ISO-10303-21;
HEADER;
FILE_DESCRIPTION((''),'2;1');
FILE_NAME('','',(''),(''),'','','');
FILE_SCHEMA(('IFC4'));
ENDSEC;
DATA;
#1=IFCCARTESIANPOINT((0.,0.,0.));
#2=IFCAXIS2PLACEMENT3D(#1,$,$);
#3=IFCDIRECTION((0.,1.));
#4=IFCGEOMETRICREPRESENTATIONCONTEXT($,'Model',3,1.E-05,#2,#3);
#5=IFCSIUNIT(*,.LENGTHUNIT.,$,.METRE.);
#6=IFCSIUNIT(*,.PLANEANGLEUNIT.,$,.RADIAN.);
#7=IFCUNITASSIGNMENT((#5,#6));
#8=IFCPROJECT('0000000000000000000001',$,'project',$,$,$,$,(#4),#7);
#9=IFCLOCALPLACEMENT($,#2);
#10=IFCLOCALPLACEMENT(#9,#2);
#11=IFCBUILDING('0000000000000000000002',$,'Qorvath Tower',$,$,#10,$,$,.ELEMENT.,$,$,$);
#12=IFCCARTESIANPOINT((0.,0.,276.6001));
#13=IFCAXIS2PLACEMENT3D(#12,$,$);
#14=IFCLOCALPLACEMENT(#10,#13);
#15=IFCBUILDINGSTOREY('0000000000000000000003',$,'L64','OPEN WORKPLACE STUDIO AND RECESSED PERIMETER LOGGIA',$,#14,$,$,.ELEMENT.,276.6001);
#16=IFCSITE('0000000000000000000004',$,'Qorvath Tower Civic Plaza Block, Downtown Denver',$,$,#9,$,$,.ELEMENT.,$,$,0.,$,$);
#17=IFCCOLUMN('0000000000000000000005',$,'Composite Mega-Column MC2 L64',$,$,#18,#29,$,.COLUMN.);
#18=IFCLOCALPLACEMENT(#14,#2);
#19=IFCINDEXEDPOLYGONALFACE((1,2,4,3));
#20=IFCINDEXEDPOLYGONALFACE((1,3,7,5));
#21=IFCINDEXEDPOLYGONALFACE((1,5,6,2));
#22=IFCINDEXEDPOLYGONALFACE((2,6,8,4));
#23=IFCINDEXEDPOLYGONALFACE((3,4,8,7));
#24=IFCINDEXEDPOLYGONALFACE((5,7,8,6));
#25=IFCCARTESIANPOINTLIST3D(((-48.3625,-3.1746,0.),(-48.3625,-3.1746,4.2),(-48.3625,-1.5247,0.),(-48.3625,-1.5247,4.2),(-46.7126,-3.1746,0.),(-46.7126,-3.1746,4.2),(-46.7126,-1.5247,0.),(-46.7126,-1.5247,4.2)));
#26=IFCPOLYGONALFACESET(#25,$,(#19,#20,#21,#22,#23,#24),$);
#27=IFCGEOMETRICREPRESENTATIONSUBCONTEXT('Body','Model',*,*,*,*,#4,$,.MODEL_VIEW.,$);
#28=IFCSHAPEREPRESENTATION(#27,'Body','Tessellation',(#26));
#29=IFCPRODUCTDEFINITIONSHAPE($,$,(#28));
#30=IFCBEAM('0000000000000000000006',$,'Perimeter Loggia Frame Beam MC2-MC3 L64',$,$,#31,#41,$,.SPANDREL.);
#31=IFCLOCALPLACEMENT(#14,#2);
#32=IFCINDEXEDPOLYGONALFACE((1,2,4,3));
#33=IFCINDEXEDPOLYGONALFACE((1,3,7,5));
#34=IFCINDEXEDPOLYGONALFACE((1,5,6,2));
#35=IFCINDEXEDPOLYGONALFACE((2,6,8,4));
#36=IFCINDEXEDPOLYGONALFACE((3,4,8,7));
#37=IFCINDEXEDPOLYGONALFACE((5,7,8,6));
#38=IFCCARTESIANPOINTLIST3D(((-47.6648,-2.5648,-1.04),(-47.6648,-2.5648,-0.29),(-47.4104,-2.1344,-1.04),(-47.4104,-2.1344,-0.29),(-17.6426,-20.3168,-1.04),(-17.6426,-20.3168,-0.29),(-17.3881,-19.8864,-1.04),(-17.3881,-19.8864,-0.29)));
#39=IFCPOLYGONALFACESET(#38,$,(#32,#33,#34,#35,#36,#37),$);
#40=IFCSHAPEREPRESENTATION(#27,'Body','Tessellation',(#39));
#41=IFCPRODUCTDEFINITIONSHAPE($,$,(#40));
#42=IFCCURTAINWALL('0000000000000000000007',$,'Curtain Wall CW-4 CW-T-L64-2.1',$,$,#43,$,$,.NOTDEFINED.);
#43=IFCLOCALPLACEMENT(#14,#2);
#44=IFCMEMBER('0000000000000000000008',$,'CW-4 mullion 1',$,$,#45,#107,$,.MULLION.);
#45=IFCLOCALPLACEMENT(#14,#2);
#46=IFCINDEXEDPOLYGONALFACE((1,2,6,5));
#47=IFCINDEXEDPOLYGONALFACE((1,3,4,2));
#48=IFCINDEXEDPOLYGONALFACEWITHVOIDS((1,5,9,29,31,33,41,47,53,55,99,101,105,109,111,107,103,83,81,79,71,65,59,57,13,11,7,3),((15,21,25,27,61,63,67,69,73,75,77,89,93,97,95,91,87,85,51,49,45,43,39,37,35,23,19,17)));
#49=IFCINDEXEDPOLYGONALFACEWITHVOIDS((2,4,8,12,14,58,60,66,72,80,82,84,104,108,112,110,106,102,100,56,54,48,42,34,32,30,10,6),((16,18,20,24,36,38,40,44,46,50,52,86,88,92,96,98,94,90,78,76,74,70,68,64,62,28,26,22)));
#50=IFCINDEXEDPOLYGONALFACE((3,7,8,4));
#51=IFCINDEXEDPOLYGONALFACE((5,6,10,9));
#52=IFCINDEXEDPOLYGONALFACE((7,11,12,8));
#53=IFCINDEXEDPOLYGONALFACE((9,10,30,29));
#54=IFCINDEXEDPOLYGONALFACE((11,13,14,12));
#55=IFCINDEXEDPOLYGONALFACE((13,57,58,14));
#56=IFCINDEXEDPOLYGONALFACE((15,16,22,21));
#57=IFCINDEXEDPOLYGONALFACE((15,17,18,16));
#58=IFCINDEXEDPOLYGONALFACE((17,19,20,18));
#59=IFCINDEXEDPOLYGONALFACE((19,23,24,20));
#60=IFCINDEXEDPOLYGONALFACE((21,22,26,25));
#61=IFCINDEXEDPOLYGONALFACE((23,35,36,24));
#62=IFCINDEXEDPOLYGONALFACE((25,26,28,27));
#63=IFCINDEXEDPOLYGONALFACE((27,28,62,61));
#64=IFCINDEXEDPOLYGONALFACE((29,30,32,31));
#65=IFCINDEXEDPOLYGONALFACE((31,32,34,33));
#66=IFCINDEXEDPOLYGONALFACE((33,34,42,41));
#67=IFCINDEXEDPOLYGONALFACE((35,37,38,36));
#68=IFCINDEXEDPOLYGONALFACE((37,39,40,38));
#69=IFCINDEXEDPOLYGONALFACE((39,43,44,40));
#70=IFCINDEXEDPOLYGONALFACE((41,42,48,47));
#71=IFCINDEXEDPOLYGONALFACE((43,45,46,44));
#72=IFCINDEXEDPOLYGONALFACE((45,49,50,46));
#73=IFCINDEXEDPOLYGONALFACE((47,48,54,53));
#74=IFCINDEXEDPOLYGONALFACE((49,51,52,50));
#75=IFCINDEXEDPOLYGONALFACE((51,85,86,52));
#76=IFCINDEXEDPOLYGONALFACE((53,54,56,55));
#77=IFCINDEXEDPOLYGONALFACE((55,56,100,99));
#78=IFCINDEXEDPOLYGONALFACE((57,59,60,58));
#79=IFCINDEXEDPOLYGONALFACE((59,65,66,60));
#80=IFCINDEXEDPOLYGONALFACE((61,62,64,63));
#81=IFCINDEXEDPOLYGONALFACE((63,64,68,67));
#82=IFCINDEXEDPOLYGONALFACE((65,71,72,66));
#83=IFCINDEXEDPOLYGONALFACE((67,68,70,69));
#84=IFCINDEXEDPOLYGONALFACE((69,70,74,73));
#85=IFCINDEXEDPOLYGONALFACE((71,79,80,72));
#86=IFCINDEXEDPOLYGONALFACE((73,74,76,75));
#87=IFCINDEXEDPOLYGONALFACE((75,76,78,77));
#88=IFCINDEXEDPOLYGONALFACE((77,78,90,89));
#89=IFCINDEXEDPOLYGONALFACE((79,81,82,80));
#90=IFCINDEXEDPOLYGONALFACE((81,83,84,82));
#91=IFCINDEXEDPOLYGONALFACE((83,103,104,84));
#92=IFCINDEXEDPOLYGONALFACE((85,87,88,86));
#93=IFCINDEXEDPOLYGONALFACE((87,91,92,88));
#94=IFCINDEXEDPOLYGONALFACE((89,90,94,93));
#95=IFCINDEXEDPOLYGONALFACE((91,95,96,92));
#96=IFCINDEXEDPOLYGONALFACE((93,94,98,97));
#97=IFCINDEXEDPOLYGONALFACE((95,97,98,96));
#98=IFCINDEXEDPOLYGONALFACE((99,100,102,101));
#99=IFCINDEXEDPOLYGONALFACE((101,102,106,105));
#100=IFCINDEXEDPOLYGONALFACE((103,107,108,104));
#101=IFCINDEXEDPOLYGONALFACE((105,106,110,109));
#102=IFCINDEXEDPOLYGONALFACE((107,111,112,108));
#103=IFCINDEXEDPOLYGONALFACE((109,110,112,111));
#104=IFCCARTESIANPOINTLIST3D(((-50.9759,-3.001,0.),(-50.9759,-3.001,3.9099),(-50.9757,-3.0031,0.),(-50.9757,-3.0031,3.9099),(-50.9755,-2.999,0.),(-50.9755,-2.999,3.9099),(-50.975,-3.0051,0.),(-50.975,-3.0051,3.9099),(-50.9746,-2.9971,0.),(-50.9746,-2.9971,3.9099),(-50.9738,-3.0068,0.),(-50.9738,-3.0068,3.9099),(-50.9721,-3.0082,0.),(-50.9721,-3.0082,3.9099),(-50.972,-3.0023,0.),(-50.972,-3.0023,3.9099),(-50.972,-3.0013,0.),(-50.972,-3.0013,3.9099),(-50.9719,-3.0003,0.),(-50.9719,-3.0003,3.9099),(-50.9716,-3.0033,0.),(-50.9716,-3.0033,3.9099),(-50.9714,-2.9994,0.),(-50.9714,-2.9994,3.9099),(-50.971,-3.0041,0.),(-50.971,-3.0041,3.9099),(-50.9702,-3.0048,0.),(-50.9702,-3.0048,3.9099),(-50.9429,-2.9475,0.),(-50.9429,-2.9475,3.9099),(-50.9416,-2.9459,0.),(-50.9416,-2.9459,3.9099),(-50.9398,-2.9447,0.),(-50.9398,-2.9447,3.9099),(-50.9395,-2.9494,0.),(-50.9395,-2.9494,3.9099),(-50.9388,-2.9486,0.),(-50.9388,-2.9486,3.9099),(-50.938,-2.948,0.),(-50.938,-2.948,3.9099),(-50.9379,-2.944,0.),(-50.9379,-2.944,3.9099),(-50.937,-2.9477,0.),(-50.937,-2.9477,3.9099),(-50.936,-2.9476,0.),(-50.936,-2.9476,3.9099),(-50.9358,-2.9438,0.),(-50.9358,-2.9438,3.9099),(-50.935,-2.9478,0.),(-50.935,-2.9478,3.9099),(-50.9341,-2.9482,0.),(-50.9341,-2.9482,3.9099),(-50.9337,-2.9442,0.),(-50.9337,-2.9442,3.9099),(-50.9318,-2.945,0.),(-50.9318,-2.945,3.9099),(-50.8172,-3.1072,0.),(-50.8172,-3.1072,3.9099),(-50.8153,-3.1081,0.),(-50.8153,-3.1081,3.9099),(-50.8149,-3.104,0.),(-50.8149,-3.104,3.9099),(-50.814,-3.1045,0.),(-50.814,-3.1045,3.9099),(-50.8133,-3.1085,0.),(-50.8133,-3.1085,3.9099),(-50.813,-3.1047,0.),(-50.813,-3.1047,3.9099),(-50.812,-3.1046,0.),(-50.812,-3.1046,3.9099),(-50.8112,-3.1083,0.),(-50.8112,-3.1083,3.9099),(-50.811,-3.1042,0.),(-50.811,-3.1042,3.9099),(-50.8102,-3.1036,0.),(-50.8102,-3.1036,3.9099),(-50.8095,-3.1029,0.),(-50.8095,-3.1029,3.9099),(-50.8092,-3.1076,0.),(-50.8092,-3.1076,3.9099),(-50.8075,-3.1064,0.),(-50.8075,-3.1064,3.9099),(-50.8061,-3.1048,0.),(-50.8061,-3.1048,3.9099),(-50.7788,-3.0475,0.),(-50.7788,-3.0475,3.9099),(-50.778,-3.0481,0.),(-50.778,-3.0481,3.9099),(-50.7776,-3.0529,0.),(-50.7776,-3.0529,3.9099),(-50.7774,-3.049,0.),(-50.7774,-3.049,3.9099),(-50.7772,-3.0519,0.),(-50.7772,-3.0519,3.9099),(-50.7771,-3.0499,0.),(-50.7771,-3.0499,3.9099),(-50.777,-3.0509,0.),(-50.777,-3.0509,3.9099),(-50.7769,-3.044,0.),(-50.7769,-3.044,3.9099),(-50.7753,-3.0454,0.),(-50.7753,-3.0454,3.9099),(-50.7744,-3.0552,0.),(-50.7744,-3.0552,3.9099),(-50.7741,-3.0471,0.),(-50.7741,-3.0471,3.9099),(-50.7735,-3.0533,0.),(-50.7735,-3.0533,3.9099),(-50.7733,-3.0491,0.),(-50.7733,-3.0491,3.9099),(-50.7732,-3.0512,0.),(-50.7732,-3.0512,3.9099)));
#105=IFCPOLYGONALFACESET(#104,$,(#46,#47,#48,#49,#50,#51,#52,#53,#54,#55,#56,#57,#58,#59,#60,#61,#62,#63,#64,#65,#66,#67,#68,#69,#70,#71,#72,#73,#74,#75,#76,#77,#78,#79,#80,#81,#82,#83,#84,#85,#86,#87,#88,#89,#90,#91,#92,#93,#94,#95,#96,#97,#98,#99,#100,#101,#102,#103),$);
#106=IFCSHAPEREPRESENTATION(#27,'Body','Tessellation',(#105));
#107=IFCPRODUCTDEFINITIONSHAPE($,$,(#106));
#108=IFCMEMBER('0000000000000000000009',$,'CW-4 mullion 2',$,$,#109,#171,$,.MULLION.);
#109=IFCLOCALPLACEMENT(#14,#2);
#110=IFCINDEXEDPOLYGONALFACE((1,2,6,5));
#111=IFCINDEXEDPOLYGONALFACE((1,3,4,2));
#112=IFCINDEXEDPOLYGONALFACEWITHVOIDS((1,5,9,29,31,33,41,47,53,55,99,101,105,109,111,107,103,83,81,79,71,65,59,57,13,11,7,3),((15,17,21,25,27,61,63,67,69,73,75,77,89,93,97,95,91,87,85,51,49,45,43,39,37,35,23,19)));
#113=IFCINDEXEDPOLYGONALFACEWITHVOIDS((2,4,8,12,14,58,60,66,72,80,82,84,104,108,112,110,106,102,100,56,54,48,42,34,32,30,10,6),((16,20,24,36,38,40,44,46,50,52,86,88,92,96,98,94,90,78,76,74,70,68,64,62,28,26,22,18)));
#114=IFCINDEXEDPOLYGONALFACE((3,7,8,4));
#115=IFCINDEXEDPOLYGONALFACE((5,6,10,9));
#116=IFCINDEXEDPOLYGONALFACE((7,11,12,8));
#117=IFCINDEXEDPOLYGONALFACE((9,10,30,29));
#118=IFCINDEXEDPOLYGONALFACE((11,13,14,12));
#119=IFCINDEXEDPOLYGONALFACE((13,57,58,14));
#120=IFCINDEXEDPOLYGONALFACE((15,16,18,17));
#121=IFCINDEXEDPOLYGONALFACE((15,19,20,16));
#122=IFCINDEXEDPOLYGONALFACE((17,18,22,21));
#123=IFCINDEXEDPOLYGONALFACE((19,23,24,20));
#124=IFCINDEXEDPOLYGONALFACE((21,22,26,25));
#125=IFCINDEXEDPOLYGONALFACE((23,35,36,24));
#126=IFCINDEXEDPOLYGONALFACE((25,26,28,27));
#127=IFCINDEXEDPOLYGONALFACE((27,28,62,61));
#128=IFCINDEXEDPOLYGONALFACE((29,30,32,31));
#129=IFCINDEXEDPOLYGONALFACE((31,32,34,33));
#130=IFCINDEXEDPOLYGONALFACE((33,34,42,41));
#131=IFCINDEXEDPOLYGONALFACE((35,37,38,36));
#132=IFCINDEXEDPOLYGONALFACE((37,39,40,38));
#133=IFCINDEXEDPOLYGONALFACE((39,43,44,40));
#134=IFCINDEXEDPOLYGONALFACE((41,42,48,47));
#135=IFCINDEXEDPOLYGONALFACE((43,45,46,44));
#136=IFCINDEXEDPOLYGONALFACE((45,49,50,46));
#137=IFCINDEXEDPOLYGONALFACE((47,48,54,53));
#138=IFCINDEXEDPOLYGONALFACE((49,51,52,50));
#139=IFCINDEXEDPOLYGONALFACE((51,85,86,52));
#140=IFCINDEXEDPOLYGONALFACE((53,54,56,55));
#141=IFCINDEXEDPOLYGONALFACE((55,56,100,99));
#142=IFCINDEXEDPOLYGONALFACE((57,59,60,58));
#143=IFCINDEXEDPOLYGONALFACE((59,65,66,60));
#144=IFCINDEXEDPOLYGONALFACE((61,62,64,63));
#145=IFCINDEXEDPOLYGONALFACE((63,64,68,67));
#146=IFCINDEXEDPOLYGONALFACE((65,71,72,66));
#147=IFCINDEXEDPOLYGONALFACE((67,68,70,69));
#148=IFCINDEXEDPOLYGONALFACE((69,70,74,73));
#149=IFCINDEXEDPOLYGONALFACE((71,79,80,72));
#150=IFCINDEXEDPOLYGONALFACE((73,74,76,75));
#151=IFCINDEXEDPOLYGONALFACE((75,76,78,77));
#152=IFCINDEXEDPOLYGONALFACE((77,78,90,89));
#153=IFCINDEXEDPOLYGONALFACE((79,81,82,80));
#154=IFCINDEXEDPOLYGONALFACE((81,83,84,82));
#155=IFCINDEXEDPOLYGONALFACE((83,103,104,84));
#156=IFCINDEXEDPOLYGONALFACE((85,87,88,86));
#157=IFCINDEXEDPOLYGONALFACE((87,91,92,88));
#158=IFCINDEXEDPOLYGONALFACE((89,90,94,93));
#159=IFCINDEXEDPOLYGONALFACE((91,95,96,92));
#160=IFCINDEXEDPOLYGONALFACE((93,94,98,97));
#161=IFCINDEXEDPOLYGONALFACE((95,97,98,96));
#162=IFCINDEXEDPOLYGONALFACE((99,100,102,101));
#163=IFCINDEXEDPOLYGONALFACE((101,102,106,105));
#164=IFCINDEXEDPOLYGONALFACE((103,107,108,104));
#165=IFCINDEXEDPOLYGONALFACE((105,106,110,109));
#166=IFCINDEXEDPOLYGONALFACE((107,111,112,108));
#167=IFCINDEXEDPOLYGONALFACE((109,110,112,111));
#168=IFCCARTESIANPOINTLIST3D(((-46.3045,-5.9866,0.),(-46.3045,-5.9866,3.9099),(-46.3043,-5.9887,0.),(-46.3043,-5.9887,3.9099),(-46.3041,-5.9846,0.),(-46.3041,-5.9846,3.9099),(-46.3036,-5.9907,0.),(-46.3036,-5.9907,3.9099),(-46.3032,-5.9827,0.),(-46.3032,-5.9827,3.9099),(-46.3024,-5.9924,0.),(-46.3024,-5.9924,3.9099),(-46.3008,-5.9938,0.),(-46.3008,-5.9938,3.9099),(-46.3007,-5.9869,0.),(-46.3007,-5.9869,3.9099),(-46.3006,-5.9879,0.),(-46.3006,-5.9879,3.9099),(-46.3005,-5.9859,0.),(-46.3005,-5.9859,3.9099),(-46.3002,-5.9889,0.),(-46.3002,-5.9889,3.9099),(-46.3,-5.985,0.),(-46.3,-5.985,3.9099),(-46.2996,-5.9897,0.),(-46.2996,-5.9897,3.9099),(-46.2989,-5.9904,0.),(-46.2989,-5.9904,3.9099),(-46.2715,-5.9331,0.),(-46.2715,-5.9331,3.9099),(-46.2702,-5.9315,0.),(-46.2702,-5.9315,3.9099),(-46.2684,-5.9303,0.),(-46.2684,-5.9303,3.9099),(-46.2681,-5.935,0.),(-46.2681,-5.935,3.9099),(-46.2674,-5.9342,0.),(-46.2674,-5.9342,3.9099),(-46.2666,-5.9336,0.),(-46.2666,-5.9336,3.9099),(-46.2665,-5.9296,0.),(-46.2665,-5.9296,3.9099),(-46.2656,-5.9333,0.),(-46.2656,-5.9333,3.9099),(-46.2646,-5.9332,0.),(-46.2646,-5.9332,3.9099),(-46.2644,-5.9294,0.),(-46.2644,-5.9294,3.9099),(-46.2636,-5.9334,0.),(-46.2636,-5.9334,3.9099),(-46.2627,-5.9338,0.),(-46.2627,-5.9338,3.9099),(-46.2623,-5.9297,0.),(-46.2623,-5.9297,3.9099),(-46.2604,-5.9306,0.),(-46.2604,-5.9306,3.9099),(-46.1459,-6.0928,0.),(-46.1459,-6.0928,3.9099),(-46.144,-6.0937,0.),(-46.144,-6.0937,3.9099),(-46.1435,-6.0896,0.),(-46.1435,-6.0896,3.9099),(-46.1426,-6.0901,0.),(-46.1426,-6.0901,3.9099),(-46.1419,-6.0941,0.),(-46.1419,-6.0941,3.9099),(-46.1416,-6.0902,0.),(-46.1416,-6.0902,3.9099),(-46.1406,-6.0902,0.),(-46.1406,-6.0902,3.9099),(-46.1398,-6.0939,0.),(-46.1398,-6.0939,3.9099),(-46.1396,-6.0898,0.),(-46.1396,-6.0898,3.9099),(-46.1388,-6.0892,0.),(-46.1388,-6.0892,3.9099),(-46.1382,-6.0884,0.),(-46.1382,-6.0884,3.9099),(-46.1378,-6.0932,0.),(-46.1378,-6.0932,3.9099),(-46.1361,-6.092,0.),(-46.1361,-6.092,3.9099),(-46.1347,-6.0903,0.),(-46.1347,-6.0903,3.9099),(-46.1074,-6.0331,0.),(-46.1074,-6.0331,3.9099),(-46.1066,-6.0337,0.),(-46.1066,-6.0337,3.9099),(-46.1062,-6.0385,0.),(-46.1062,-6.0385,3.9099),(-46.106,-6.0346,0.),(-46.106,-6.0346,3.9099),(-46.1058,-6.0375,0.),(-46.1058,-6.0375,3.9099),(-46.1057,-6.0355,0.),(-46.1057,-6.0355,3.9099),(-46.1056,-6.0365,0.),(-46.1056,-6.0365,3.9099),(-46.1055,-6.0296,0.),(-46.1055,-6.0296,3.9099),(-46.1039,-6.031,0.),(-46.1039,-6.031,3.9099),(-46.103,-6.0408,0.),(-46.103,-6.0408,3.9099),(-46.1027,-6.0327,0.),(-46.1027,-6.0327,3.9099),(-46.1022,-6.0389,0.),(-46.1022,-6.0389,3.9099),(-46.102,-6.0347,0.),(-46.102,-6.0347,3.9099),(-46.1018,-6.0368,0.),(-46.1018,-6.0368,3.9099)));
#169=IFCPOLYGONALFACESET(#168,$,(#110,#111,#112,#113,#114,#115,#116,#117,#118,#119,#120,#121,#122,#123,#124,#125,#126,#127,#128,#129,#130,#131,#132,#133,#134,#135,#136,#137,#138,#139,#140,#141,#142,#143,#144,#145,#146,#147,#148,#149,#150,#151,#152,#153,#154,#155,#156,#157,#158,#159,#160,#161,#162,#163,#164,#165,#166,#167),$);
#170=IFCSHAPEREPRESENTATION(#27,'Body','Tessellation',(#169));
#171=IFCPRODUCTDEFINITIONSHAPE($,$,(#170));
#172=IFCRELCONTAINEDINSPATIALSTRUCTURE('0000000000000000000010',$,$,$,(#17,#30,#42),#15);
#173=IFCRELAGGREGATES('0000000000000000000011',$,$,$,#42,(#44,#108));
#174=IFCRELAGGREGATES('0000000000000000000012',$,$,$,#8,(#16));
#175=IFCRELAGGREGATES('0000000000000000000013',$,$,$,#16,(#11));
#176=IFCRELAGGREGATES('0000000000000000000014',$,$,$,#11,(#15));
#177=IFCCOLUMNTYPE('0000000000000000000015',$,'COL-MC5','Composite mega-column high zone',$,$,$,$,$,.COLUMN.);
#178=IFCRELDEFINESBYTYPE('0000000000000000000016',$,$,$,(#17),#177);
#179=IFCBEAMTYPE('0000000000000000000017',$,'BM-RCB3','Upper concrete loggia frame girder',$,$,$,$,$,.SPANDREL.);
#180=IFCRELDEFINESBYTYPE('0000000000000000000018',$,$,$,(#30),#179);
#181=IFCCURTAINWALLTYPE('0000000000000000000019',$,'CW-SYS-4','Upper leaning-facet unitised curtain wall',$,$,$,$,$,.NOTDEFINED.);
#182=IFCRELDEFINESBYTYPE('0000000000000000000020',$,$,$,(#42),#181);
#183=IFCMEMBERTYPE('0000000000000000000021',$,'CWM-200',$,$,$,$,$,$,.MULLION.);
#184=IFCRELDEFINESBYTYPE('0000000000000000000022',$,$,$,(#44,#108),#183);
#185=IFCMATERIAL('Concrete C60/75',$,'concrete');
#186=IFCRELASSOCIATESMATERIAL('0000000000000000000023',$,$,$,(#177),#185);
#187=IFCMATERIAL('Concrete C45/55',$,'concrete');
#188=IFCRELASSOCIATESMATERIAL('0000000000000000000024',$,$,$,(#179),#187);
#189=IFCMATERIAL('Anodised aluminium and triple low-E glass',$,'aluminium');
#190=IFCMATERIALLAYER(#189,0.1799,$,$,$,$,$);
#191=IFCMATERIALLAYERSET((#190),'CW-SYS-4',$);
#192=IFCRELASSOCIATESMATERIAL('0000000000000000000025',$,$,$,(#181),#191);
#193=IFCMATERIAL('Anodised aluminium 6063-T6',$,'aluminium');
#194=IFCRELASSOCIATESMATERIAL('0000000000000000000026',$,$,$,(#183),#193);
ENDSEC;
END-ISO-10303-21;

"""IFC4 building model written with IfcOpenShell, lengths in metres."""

from ifc_helpers import new_model, si_unit, direction, frame, origin, origin_2d, place, context, subcontext, project, spatial, rectangle, hollow_rectangle, extrude, material, layer, layer_set, material_profile, profile_set, type_object, element, aggregate, save


model = new_model("IFC4")

# Units and contexts
model_context = context("Model", 3, precision=1e-05, world=origin(), true_north=direction((0.0, 1.0)))
body_context = subcontext(model_context, "Body", "Model", "MODEL_VIEW")
ifc_project = project(units=[si_unit("LENGTHUNIT", "METRE"), si_unit("PLANEANGLEUNIT", "RADIAN")], contexts=[model_context])

# Site, building, storey
site_placement = place(None, origin())
site = spatial("IfcSite", under=ifc_project, at=site_placement, Name="Qorvath Tower Civic Plaza Block, Downtown Denver", CompositionType="ELEMENT", RefElevation=0.0)
building_placement = place(site_placement, origin())
building = spatial("IfcBuilding", under=site, at=building_placement, Name="Qorvath Tower", CompositionType="ELEMENT")
storey_placement = place(building_placement, frame((0.0, 0.0, 276.6001)))
storey = spatial("IfcBuildingStorey", under=building, at=storey_placement, Name="L64", Description="OPEN WORKPLACE STUDIO AND RECESSED PERIMETER LOGGIA", CompositionType="ELEMENT", Elevation=276.6001)

# Column
ifc_material_1 = material(Name="Concrete C60/75", Category="concrete")
ifc_material_profile_1 = material_profile(ifc_material_1, rectangle(XDim=1.6499, YDim=1.6499, at=origin_2d()), Name="MC 1650x1650")
ifc_profile_set_1 = profile_set([ifc_material_profile_1], Name="Concrete C60/75")
column_type = type_object("IfcColumnType", Name="COL-MC5", Description="Composite mega-column high zone", PredefinedType="COLUMN", material=ifc_profile_set_1)
column_placement = place(storey_placement, frame((-47.5376, -2.3496, 0.0), z_axis=(0.0, 0.0, 1.0), x_axis=(1.0, 0.0, 0.0)))
element("IfcColumn", 1, at=column_placement, inside=storey, type_object=column_type, Name="Composite Mega-Column MC2 L64", PredefinedType="COLUMN", context=body_context, shape_type="SweptSolid", body=[
    extrude(rectangle(XDim=1.6499, YDim=1.6499, at=origin_2d()), origin(), (0.0, 0.0, 1.0), 4.2),
])

# Beam
ifc_material_2 = material(Name="Concrete C45/55", Category="concrete")
ifc_material_profile_2 = material_profile(ifc_material_2, rectangle(XDim=0.5, YDim=0.75, at=origin_2d()), Name="RCB 750x500")
ifc_profile_set_2 = profile_set([ifc_material_profile_2], Name="Concrete C45/55")
beam_type = type_object("IfcBeamType", Name="BM-RCB3", Description="Upper concrete loggia frame girder", PredefinedType="SPANDREL", material=ifc_profile_set_2)
beam_placement = place(storey_placement, frame((-47.5376, -2.3496, -0.665), z_axis=(0.860781, -0.508975, 0.0), x_axis=(0.508975, 0.860781, 0.0)))
element("IfcBeam", 2, at=beam_placement, inside=storey, type_object=beam_type, Name="Perimeter Loggia Frame Beam MC2-MC3 L64", PredefinedType="SPANDREL", context=body_context, shape_type="SweptSolid", body=[
    extrude(rectangle(XDim=0.5, YDim=0.75, at=origin_2d()), origin(), (0.0, 0.0, 1.0), 34.8779),
])

# Curtain wall, members
ifc_material_3 = material(Name="Anodised aluminium and triple low-E glass", Category="aluminium")
ifc_layer_1 = layer(ifc_material_3, 0.1799)
ifc_layer_set_1 = layer_set([ifc_layer_1], Name="CW-SYS-4")
curtain_wall_type = type_object("IfcCurtainWallType", Name="CW-SYS-4", Description="Upper leaning-facet unitised curtain wall", PredefinedType="NOTDEFINED", material=ifc_layer_set_1)
curtain_wall_placement = place(storey_placement, origin())
curtain_wall = element("IfcCurtainWall", 3, at=curtain_wall_placement, inside=storey, type_object=curtain_wall_type, Name="Curtain Wall CW-4 CW-T-L64-2.1", PredefinedType="NOTDEFINED")
ifc_material_4 = material(Name="Anodised aluminium 6063-T6", Category="aluminium")
ifc_material_profile_3 = material_profile(ifc_material_4, hollow_rectangle(XDim=0.075, YDim=0.2, WallThickness=0.0039, InnerFilletRadius=0.0039, OuterFilletRadius=0.0081, at=origin_2d()), Name="CWM 200x75")
ifc_profile_set_3 = profile_set([ifc_material_profile_3], Name="Anodised aluminium 6063-T6")
member_type_1 = type_object("IfcMemberType", Name="CWM-200", PredefinedType="MULLION", material=ifc_profile_set_3)
member_1_placement = place(storey_placement, frame((-50.8745, -3.0261, 0.0), z_axis=(0.0, 0.0, 1.0), x_axis=(0.538534, 0.842604, 0.0)))
member_1 = element("IfcMember", 4, at=member_1_placement, type_object=member_type_1, Name="CW-4 mullion 1", PredefinedType="MULLION", context=body_context, shape_type="SweptSolid", body=[
    extrude(hollow_rectangle(XDim=0.075, YDim=0.2, WallThickness=0.0039, InnerFilletRadius=0.0039, OuterFilletRadius=0.0081, at=origin_2d()), origin(), (0.0, 0.0, 1.0), 3.9099),
])
member_2_placement = place(storey_placement, frame((-46.2031, -6.0117, 0.0), z_axis=(0.0, 0.0, 1.0), x_axis=(0.538534, 0.842604, 0.0)))
member_2 = element("IfcMember", 5, at=member_2_placement, type_object=member_type_1, Name="CW-4 mullion 2", PredefinedType="MULLION", context=body_context, shape_type="SweptSolid", body=[
    extrude(hollow_rectangle(XDim=0.075, YDim=0.2, WallThickness=0.0039, InnerFilletRadius=0.0039, OuterFilletRadius=0.0081, at=origin_2d()), origin(), (0.0, 0.0, 1.0), 3.9099),
])

aggregate(curtain_wall, [member_1, member_2])

save(model, "model.ifc")
